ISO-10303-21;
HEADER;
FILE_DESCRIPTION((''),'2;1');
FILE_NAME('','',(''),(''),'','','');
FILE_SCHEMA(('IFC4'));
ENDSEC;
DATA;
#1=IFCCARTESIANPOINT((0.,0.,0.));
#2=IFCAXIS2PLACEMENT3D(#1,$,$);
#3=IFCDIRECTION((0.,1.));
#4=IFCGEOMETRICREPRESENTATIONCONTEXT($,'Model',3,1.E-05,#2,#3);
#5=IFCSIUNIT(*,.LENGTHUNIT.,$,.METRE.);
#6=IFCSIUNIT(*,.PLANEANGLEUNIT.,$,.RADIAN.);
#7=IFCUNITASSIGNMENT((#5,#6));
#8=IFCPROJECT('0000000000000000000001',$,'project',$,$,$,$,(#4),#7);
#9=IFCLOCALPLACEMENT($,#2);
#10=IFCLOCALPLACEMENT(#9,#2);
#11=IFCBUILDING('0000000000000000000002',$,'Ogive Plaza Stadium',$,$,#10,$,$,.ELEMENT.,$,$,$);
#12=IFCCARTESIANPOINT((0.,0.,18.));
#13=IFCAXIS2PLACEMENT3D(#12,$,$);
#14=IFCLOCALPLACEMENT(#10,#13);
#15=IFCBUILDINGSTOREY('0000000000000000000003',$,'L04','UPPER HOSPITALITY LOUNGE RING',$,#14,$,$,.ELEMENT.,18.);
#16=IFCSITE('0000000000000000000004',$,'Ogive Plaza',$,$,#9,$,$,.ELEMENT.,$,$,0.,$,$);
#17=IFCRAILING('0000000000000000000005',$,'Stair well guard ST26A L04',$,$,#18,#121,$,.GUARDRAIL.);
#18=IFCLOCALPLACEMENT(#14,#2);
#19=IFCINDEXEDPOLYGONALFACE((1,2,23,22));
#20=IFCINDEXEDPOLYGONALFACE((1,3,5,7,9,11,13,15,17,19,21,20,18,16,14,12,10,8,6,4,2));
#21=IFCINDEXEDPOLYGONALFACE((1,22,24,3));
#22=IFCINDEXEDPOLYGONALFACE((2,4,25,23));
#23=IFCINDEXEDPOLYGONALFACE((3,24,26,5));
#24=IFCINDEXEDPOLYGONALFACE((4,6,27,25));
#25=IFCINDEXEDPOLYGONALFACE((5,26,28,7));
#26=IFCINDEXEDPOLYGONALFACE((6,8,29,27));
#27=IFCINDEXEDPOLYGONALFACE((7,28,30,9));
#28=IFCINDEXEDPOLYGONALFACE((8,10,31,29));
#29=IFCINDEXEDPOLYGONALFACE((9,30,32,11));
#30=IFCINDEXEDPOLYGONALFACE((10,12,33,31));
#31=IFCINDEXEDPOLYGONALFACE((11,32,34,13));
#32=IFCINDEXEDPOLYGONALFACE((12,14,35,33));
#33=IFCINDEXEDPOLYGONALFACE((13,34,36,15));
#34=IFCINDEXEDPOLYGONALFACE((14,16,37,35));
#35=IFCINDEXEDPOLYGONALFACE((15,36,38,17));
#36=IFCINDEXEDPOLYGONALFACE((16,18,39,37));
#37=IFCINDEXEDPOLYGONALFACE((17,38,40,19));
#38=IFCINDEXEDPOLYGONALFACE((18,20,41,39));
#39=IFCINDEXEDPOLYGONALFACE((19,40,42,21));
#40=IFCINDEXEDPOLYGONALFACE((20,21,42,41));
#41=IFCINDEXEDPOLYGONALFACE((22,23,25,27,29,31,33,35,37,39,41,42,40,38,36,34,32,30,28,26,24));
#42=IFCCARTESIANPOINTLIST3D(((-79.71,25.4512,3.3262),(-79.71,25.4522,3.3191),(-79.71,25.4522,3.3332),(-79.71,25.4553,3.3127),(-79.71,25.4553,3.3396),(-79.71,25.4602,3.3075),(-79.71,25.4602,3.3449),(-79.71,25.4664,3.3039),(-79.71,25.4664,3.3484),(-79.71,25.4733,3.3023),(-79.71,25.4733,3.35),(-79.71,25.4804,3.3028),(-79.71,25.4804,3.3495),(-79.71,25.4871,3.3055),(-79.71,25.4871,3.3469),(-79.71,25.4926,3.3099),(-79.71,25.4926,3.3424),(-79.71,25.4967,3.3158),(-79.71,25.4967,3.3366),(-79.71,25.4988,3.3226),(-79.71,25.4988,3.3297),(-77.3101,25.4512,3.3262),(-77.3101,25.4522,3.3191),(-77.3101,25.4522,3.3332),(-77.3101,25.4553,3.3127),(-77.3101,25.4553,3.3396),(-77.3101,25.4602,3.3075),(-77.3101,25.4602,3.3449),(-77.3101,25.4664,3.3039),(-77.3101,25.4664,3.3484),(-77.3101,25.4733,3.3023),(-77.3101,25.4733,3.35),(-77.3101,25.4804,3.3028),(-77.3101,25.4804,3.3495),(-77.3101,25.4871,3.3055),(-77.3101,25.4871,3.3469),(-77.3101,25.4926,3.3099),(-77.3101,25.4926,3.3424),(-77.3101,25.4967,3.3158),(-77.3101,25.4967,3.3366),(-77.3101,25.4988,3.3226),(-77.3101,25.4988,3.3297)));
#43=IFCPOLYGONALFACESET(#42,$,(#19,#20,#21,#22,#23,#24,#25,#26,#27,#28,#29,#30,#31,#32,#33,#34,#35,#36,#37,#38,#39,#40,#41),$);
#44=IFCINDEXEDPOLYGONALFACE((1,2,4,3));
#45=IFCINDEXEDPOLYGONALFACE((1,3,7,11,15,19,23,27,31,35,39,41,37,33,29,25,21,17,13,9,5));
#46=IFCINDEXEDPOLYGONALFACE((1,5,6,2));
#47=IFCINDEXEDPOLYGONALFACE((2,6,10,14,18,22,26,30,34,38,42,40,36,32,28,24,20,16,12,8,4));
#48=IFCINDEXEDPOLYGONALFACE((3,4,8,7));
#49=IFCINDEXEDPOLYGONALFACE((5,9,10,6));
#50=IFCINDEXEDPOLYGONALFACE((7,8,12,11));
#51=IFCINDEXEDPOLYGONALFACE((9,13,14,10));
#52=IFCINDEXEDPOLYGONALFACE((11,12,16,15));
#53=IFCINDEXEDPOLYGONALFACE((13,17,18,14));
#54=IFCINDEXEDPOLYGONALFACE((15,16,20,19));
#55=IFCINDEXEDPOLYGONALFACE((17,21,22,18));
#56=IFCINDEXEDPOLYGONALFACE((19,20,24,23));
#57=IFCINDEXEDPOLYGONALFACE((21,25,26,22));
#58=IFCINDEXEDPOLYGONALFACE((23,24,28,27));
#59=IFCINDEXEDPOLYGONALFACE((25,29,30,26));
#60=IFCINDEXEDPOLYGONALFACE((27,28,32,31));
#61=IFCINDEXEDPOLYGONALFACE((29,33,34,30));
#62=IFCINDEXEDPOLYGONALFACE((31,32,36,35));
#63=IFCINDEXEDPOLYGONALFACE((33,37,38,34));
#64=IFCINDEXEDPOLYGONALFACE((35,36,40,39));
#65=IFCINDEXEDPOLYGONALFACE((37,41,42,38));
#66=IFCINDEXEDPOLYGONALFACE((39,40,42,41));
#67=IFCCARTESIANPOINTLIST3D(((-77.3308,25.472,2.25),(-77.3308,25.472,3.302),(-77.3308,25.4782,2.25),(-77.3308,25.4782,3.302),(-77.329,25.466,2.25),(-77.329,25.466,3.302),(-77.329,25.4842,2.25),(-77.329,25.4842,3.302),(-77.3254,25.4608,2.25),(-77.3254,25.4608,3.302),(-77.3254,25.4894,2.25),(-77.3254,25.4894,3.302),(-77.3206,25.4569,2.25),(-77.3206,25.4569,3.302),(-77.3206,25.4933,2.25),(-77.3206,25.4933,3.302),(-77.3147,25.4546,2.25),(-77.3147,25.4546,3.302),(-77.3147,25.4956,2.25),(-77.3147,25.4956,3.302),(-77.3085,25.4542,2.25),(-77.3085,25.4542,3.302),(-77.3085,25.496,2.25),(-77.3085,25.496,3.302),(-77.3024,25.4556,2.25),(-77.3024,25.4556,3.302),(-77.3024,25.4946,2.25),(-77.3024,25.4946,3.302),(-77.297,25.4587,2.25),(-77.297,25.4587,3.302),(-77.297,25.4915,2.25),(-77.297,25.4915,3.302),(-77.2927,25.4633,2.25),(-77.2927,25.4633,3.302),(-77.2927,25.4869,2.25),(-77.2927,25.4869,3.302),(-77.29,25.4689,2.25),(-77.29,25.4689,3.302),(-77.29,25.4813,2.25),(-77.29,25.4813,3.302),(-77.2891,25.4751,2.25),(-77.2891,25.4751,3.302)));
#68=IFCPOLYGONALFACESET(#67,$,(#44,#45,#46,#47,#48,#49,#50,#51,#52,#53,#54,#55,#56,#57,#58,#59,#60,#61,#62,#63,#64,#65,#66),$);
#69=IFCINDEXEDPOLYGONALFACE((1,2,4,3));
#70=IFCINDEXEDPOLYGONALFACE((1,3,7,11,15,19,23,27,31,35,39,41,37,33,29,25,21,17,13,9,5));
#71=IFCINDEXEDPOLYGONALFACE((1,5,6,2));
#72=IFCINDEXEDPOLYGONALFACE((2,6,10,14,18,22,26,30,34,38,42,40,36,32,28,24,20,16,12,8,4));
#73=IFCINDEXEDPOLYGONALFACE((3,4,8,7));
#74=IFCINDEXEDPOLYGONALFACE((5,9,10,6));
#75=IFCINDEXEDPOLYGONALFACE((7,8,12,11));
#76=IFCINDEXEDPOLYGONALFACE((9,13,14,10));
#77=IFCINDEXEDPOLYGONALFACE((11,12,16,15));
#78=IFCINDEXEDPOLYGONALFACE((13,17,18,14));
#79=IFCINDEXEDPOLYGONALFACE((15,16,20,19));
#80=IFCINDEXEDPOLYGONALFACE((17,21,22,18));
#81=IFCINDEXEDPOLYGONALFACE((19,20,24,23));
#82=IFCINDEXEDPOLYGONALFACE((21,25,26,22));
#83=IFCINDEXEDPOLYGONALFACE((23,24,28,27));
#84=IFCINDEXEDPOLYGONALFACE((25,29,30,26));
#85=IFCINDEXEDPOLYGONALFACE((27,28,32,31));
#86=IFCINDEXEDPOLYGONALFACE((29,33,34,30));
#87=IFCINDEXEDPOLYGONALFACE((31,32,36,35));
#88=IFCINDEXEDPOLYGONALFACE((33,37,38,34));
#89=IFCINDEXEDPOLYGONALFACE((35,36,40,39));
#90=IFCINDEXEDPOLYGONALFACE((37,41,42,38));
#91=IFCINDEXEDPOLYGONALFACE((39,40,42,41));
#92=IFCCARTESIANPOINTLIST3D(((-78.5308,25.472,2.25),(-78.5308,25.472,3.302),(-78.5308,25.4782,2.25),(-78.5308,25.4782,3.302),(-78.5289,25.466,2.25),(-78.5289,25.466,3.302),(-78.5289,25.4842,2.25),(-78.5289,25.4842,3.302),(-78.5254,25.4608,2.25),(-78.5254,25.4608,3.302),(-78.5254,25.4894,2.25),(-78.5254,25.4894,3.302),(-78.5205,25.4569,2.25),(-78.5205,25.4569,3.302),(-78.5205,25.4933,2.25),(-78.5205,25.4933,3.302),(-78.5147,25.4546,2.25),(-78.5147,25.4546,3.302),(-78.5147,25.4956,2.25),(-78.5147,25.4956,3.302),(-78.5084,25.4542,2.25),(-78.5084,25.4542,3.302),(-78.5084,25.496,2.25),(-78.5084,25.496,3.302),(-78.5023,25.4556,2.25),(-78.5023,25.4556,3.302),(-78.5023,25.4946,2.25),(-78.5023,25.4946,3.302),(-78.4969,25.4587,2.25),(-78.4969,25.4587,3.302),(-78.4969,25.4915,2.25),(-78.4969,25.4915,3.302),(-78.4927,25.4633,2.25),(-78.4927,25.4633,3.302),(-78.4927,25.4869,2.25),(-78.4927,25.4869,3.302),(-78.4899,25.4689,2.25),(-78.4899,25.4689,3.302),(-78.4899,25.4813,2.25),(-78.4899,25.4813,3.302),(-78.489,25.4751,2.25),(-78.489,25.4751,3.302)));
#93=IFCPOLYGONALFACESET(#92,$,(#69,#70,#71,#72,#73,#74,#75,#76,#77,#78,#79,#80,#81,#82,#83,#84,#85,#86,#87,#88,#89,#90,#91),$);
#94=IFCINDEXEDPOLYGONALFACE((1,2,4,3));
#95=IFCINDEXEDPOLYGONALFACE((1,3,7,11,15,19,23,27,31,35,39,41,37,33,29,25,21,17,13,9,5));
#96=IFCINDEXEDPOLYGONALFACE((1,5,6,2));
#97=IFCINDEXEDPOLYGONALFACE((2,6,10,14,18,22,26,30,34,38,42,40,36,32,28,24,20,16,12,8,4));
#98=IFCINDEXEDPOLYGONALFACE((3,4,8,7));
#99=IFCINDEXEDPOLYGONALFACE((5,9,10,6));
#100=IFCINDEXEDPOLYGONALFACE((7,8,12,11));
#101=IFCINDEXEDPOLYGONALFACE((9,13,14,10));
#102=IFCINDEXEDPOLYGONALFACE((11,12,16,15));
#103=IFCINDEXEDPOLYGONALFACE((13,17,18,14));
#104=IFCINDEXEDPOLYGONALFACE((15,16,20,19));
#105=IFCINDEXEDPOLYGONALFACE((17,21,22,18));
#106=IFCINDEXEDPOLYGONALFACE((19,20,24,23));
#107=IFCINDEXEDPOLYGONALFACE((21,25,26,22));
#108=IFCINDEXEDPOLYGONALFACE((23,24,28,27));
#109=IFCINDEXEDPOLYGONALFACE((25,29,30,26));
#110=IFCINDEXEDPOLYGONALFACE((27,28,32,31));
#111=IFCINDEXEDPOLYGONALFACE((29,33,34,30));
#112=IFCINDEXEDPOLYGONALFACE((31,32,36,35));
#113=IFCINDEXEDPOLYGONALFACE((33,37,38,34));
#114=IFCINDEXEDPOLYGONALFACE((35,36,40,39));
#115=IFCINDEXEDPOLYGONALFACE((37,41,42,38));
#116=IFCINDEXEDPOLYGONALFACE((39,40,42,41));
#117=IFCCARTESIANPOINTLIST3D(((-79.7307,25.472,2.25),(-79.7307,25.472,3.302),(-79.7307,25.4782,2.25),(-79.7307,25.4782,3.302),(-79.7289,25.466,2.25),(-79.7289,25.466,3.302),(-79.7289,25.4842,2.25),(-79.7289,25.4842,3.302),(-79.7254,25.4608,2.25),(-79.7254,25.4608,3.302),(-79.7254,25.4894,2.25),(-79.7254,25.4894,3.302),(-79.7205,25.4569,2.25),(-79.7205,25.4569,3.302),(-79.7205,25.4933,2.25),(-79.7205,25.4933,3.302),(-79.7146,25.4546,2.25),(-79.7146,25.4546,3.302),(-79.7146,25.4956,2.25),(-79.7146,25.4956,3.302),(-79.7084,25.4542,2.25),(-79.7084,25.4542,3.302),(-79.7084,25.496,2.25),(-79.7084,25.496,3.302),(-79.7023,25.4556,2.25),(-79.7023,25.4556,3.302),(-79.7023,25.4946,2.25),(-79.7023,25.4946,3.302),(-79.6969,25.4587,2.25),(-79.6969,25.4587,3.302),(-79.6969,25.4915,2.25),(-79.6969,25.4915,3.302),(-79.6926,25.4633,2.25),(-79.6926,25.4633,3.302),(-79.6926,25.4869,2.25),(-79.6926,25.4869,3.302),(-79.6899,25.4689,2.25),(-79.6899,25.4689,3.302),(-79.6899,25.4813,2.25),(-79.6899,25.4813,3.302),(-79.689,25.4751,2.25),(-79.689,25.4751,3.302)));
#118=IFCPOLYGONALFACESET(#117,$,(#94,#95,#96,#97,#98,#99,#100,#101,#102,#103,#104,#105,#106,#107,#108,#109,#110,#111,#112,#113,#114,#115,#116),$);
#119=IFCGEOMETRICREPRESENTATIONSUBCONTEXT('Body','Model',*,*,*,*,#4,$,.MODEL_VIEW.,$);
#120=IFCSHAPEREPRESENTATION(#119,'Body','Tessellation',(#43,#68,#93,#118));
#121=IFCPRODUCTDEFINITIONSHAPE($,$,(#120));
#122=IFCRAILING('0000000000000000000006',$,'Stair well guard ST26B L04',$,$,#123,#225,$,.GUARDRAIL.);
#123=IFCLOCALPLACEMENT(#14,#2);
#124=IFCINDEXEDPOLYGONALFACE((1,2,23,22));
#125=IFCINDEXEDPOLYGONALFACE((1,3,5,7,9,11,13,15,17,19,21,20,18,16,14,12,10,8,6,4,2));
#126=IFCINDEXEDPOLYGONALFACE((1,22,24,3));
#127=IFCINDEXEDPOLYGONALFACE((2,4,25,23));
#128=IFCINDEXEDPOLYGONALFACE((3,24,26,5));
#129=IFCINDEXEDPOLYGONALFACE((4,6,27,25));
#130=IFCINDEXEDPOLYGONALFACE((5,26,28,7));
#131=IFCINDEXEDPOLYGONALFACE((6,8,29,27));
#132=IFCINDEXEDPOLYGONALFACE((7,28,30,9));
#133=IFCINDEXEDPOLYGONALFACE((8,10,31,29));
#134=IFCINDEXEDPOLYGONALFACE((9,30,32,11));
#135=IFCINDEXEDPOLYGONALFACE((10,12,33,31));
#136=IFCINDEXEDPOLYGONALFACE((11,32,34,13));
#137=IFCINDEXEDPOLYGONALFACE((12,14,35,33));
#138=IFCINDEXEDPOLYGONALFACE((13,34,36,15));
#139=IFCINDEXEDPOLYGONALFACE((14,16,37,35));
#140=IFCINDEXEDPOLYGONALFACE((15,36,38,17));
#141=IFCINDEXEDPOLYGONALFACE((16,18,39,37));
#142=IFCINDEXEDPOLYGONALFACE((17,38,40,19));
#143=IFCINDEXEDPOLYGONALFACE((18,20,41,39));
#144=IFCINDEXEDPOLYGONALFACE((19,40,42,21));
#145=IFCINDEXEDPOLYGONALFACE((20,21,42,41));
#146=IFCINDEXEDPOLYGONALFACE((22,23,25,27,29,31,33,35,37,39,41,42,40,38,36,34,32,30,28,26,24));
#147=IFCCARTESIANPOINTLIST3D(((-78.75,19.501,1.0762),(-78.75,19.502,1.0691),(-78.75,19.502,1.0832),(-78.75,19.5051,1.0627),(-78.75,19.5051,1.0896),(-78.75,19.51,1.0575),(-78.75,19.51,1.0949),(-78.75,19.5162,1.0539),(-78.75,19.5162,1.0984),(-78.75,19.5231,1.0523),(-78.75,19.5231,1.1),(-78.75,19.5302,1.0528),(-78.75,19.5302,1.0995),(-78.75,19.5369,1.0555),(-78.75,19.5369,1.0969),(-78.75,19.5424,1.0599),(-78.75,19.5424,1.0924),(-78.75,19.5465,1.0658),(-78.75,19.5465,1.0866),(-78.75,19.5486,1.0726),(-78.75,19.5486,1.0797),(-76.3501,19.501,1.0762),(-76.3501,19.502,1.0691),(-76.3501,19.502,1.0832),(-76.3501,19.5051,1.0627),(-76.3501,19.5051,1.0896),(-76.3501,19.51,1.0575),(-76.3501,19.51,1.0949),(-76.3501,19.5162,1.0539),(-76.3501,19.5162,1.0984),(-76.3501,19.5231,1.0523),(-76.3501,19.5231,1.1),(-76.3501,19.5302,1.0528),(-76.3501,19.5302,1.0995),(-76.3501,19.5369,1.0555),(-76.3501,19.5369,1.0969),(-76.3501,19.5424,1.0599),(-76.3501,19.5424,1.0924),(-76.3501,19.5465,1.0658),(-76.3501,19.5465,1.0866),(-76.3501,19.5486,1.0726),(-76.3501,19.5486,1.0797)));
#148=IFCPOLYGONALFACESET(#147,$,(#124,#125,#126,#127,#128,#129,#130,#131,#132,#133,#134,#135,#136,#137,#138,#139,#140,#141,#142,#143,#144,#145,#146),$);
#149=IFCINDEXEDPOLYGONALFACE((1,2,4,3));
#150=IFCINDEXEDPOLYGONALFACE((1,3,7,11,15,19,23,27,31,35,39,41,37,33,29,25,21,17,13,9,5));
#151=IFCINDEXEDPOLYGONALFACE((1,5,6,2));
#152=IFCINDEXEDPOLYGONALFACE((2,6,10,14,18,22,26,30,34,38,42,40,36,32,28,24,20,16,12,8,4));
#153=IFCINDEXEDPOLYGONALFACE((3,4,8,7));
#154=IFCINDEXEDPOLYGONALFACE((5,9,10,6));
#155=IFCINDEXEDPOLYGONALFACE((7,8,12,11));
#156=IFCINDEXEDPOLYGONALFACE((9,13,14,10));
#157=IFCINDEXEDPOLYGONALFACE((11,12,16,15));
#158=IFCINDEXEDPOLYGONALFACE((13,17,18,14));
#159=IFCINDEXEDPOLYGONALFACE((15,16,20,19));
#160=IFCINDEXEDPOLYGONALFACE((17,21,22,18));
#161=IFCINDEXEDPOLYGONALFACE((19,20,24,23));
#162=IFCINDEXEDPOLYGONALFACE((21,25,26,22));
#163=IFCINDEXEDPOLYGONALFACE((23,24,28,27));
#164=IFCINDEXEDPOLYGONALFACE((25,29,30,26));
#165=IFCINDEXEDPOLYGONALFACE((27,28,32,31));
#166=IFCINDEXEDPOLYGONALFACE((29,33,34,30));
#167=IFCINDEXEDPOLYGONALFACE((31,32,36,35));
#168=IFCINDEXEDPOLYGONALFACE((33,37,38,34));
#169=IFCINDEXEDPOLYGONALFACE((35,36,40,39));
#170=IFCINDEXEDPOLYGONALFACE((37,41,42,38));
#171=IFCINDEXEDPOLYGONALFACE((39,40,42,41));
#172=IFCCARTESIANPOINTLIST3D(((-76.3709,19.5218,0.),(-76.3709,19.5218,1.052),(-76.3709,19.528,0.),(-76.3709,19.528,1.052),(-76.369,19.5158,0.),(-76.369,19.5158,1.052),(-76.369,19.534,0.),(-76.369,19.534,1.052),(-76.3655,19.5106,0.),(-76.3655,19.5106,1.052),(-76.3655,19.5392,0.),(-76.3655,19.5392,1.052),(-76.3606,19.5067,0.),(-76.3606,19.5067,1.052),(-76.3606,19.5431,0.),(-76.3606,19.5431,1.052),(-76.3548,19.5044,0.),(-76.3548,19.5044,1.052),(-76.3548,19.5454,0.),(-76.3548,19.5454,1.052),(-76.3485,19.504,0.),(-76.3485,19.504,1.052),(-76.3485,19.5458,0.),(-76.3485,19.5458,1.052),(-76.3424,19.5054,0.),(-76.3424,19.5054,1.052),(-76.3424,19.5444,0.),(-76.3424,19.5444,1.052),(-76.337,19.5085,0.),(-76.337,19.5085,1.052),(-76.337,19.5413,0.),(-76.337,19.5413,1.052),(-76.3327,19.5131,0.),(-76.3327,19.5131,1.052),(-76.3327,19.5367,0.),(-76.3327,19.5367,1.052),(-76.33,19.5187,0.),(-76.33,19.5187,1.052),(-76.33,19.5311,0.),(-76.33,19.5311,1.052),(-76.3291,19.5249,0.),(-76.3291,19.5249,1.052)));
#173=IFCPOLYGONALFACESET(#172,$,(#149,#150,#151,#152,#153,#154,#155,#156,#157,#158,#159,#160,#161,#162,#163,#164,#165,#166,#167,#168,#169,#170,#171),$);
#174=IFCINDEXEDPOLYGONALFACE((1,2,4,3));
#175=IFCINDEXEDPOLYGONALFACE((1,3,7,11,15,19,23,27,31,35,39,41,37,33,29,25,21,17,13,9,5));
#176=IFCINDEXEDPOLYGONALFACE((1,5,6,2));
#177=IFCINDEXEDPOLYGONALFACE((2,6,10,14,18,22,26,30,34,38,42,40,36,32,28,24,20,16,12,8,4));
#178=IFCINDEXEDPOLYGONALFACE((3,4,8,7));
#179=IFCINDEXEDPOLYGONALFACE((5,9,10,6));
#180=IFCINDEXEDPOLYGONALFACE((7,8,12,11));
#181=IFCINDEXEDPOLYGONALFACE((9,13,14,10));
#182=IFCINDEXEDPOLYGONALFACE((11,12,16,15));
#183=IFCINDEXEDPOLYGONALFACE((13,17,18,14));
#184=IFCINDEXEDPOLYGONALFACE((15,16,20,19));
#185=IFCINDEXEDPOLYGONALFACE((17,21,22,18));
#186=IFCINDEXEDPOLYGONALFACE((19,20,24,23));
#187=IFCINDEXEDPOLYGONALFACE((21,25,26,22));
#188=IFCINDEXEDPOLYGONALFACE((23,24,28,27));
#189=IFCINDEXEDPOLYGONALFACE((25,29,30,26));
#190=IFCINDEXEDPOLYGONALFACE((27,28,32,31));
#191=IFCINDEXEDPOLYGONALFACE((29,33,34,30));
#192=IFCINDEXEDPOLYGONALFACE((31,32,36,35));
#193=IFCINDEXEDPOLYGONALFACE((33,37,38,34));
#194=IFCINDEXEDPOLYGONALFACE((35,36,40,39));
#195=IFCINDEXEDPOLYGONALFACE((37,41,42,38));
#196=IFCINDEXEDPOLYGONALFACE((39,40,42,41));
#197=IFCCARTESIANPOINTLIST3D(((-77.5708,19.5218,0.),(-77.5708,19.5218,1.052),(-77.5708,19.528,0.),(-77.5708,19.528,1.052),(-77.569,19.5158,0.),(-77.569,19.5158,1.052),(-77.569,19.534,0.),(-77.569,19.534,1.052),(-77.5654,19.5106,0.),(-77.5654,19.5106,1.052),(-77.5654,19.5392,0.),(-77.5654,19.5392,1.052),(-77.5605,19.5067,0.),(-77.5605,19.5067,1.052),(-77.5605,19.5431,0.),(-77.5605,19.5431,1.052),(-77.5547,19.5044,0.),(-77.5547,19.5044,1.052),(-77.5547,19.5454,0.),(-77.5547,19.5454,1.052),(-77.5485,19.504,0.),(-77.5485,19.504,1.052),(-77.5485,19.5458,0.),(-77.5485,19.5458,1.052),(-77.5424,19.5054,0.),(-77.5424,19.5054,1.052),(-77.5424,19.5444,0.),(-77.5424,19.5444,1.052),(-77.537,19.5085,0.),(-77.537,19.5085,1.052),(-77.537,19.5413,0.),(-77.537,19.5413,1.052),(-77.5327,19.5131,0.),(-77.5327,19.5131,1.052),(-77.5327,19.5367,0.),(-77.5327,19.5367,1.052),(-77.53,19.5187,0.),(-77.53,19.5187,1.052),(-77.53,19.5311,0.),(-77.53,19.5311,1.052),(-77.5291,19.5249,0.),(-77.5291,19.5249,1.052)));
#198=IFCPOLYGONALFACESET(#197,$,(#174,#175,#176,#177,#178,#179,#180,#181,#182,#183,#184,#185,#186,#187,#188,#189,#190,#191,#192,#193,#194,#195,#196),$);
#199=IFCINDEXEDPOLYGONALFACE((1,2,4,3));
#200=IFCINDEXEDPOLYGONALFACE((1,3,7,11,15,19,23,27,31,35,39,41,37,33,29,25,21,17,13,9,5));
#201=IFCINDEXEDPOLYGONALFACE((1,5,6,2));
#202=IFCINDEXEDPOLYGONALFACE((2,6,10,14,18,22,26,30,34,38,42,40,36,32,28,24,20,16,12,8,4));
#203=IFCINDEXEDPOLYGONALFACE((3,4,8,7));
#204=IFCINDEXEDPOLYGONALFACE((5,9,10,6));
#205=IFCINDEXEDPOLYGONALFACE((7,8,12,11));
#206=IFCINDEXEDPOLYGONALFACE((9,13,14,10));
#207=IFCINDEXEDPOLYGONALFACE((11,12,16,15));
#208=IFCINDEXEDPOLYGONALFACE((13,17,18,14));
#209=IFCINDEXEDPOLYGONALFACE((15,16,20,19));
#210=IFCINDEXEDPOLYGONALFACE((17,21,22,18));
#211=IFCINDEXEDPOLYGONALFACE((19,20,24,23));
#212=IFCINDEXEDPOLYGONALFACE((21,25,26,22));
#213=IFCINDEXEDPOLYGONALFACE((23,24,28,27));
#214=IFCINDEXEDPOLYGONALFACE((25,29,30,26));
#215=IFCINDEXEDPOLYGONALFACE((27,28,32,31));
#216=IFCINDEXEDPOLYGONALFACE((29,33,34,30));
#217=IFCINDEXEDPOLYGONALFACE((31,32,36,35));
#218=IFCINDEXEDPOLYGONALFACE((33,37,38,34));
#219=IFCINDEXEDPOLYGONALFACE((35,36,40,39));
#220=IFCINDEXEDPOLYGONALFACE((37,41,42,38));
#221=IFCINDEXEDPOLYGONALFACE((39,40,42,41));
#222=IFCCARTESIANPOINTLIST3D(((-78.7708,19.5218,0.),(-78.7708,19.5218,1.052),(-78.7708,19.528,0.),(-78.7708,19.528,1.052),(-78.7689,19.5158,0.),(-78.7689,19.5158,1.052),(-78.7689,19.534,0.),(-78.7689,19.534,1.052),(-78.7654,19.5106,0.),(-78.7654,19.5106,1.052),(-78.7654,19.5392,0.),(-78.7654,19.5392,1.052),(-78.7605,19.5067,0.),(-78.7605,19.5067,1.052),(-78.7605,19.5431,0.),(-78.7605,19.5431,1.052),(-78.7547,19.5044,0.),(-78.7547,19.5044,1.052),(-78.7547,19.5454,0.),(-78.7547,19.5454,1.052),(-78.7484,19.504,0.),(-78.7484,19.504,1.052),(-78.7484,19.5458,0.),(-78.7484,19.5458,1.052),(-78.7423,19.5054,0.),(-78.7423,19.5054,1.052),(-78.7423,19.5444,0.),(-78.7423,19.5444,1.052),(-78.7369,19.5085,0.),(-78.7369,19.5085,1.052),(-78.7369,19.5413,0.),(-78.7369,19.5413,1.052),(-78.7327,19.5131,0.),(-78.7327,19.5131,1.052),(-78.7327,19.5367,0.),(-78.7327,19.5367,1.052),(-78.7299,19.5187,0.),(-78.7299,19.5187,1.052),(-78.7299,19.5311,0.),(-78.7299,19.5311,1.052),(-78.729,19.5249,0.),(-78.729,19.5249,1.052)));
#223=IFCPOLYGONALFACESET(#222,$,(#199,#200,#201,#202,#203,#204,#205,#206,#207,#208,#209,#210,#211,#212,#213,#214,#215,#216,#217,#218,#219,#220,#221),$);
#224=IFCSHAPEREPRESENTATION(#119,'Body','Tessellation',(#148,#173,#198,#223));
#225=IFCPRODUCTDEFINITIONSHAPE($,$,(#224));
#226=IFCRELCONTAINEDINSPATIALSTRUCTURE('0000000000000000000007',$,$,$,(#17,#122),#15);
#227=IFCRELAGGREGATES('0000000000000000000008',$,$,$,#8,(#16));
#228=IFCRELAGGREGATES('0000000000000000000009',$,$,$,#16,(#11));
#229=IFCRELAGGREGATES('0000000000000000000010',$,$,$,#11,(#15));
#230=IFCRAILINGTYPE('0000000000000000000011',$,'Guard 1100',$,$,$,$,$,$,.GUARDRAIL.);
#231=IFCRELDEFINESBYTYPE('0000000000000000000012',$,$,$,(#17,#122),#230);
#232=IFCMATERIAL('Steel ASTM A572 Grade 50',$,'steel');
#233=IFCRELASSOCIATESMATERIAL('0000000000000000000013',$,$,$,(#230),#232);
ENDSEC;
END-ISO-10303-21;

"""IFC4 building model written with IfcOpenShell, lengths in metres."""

from ifc_helpers import new_model, si_unit, direction, frame, origin, origin_2d, place, context, subcontext, project, spatial, circle, extrude, material, type_object, element, save


model = new_model("IFC4")

# Units and contexts
model_context = context("Model", 3, precision=1e-05, world=origin(), true_north=direction((0.0, 1.0)))
body_context = subcontext(model_context, "Body", "Model", "MODEL_VIEW")
ifc_project = project(units=[si_unit("LENGTHUNIT", "METRE"), si_unit("PLANEANGLEUNIT", "RADIAN")], contexts=[model_context])

# Site, building, storey
site_placement = place(None, origin())
site = spatial("IfcSite", under=ifc_project, at=site_placement, Name="Ogive Plaza", CompositionType="ELEMENT", RefElevation=0.0)
building_placement = place(site_placement, origin())
building = spatial("IfcBuilding", under=site, at=building_placement, Name="Ogive Plaza Stadium", CompositionType="ELEMENT")
storey_placement = place(building_placement, frame((0.0, 0.0, 18.0)))
storey = spatial("IfcBuildingStorey", under=building, at=storey_placement, Name="L04", Description="UPPER HOSPITALITY LOUNGE RING", CompositionType="ELEMENT", Elevation=18.0)

# Railings
ifc_material_1 = material(Name="Steel ASTM A572 Grade 50", Category="steel")
railing_type_1 = type_object("IfcRailingType", Name="Guard 1100", PredefinedType="GUARDRAIL", material=ifc_material_1)
for number, where, name in (
    (1, (-77.3101, 25.4751, 2.25), "Stair well guard ST26A L04"),
    (2, (-76.3501, 19.5249, 0.0), "Stair well guard ST26B L04"),
):
    element("IfcRailing", number, at=place(storey_placement, frame(where)), inside=storey, type_object=railing_type_1, Name=name, PredefinedType="GUARDRAIL", context=body_context, shape_type="SweptSolid", body=[
        extrude(circle(Radius=0.0239, at=origin_2d()), frame((0.0, 0.0, 1.0762), z_axis=(-1.0, 0.0, 0.0), x_axis=(0.0, -1.0, 0.0)), (0.0, 0.0, 1.0), 2.3999),
        extrude(circle(Radius=0.021, at=origin_2d()), origin(), (0.0, 0.0, 1.0), 1.052),
        extrude(circle(Radius=0.021, at=origin_2d()), frame((-1.2, 0.0, 0.0)), (0.0, 0.0, 1.0), 1.052),
        extrude(circle(Radius=0.021, at=origin_2d()), frame((-2.3999, 0.0, 0.0)), (0.0, 0.0, 1.0), 1.052),
    ])

save(model, "model.ifc")
